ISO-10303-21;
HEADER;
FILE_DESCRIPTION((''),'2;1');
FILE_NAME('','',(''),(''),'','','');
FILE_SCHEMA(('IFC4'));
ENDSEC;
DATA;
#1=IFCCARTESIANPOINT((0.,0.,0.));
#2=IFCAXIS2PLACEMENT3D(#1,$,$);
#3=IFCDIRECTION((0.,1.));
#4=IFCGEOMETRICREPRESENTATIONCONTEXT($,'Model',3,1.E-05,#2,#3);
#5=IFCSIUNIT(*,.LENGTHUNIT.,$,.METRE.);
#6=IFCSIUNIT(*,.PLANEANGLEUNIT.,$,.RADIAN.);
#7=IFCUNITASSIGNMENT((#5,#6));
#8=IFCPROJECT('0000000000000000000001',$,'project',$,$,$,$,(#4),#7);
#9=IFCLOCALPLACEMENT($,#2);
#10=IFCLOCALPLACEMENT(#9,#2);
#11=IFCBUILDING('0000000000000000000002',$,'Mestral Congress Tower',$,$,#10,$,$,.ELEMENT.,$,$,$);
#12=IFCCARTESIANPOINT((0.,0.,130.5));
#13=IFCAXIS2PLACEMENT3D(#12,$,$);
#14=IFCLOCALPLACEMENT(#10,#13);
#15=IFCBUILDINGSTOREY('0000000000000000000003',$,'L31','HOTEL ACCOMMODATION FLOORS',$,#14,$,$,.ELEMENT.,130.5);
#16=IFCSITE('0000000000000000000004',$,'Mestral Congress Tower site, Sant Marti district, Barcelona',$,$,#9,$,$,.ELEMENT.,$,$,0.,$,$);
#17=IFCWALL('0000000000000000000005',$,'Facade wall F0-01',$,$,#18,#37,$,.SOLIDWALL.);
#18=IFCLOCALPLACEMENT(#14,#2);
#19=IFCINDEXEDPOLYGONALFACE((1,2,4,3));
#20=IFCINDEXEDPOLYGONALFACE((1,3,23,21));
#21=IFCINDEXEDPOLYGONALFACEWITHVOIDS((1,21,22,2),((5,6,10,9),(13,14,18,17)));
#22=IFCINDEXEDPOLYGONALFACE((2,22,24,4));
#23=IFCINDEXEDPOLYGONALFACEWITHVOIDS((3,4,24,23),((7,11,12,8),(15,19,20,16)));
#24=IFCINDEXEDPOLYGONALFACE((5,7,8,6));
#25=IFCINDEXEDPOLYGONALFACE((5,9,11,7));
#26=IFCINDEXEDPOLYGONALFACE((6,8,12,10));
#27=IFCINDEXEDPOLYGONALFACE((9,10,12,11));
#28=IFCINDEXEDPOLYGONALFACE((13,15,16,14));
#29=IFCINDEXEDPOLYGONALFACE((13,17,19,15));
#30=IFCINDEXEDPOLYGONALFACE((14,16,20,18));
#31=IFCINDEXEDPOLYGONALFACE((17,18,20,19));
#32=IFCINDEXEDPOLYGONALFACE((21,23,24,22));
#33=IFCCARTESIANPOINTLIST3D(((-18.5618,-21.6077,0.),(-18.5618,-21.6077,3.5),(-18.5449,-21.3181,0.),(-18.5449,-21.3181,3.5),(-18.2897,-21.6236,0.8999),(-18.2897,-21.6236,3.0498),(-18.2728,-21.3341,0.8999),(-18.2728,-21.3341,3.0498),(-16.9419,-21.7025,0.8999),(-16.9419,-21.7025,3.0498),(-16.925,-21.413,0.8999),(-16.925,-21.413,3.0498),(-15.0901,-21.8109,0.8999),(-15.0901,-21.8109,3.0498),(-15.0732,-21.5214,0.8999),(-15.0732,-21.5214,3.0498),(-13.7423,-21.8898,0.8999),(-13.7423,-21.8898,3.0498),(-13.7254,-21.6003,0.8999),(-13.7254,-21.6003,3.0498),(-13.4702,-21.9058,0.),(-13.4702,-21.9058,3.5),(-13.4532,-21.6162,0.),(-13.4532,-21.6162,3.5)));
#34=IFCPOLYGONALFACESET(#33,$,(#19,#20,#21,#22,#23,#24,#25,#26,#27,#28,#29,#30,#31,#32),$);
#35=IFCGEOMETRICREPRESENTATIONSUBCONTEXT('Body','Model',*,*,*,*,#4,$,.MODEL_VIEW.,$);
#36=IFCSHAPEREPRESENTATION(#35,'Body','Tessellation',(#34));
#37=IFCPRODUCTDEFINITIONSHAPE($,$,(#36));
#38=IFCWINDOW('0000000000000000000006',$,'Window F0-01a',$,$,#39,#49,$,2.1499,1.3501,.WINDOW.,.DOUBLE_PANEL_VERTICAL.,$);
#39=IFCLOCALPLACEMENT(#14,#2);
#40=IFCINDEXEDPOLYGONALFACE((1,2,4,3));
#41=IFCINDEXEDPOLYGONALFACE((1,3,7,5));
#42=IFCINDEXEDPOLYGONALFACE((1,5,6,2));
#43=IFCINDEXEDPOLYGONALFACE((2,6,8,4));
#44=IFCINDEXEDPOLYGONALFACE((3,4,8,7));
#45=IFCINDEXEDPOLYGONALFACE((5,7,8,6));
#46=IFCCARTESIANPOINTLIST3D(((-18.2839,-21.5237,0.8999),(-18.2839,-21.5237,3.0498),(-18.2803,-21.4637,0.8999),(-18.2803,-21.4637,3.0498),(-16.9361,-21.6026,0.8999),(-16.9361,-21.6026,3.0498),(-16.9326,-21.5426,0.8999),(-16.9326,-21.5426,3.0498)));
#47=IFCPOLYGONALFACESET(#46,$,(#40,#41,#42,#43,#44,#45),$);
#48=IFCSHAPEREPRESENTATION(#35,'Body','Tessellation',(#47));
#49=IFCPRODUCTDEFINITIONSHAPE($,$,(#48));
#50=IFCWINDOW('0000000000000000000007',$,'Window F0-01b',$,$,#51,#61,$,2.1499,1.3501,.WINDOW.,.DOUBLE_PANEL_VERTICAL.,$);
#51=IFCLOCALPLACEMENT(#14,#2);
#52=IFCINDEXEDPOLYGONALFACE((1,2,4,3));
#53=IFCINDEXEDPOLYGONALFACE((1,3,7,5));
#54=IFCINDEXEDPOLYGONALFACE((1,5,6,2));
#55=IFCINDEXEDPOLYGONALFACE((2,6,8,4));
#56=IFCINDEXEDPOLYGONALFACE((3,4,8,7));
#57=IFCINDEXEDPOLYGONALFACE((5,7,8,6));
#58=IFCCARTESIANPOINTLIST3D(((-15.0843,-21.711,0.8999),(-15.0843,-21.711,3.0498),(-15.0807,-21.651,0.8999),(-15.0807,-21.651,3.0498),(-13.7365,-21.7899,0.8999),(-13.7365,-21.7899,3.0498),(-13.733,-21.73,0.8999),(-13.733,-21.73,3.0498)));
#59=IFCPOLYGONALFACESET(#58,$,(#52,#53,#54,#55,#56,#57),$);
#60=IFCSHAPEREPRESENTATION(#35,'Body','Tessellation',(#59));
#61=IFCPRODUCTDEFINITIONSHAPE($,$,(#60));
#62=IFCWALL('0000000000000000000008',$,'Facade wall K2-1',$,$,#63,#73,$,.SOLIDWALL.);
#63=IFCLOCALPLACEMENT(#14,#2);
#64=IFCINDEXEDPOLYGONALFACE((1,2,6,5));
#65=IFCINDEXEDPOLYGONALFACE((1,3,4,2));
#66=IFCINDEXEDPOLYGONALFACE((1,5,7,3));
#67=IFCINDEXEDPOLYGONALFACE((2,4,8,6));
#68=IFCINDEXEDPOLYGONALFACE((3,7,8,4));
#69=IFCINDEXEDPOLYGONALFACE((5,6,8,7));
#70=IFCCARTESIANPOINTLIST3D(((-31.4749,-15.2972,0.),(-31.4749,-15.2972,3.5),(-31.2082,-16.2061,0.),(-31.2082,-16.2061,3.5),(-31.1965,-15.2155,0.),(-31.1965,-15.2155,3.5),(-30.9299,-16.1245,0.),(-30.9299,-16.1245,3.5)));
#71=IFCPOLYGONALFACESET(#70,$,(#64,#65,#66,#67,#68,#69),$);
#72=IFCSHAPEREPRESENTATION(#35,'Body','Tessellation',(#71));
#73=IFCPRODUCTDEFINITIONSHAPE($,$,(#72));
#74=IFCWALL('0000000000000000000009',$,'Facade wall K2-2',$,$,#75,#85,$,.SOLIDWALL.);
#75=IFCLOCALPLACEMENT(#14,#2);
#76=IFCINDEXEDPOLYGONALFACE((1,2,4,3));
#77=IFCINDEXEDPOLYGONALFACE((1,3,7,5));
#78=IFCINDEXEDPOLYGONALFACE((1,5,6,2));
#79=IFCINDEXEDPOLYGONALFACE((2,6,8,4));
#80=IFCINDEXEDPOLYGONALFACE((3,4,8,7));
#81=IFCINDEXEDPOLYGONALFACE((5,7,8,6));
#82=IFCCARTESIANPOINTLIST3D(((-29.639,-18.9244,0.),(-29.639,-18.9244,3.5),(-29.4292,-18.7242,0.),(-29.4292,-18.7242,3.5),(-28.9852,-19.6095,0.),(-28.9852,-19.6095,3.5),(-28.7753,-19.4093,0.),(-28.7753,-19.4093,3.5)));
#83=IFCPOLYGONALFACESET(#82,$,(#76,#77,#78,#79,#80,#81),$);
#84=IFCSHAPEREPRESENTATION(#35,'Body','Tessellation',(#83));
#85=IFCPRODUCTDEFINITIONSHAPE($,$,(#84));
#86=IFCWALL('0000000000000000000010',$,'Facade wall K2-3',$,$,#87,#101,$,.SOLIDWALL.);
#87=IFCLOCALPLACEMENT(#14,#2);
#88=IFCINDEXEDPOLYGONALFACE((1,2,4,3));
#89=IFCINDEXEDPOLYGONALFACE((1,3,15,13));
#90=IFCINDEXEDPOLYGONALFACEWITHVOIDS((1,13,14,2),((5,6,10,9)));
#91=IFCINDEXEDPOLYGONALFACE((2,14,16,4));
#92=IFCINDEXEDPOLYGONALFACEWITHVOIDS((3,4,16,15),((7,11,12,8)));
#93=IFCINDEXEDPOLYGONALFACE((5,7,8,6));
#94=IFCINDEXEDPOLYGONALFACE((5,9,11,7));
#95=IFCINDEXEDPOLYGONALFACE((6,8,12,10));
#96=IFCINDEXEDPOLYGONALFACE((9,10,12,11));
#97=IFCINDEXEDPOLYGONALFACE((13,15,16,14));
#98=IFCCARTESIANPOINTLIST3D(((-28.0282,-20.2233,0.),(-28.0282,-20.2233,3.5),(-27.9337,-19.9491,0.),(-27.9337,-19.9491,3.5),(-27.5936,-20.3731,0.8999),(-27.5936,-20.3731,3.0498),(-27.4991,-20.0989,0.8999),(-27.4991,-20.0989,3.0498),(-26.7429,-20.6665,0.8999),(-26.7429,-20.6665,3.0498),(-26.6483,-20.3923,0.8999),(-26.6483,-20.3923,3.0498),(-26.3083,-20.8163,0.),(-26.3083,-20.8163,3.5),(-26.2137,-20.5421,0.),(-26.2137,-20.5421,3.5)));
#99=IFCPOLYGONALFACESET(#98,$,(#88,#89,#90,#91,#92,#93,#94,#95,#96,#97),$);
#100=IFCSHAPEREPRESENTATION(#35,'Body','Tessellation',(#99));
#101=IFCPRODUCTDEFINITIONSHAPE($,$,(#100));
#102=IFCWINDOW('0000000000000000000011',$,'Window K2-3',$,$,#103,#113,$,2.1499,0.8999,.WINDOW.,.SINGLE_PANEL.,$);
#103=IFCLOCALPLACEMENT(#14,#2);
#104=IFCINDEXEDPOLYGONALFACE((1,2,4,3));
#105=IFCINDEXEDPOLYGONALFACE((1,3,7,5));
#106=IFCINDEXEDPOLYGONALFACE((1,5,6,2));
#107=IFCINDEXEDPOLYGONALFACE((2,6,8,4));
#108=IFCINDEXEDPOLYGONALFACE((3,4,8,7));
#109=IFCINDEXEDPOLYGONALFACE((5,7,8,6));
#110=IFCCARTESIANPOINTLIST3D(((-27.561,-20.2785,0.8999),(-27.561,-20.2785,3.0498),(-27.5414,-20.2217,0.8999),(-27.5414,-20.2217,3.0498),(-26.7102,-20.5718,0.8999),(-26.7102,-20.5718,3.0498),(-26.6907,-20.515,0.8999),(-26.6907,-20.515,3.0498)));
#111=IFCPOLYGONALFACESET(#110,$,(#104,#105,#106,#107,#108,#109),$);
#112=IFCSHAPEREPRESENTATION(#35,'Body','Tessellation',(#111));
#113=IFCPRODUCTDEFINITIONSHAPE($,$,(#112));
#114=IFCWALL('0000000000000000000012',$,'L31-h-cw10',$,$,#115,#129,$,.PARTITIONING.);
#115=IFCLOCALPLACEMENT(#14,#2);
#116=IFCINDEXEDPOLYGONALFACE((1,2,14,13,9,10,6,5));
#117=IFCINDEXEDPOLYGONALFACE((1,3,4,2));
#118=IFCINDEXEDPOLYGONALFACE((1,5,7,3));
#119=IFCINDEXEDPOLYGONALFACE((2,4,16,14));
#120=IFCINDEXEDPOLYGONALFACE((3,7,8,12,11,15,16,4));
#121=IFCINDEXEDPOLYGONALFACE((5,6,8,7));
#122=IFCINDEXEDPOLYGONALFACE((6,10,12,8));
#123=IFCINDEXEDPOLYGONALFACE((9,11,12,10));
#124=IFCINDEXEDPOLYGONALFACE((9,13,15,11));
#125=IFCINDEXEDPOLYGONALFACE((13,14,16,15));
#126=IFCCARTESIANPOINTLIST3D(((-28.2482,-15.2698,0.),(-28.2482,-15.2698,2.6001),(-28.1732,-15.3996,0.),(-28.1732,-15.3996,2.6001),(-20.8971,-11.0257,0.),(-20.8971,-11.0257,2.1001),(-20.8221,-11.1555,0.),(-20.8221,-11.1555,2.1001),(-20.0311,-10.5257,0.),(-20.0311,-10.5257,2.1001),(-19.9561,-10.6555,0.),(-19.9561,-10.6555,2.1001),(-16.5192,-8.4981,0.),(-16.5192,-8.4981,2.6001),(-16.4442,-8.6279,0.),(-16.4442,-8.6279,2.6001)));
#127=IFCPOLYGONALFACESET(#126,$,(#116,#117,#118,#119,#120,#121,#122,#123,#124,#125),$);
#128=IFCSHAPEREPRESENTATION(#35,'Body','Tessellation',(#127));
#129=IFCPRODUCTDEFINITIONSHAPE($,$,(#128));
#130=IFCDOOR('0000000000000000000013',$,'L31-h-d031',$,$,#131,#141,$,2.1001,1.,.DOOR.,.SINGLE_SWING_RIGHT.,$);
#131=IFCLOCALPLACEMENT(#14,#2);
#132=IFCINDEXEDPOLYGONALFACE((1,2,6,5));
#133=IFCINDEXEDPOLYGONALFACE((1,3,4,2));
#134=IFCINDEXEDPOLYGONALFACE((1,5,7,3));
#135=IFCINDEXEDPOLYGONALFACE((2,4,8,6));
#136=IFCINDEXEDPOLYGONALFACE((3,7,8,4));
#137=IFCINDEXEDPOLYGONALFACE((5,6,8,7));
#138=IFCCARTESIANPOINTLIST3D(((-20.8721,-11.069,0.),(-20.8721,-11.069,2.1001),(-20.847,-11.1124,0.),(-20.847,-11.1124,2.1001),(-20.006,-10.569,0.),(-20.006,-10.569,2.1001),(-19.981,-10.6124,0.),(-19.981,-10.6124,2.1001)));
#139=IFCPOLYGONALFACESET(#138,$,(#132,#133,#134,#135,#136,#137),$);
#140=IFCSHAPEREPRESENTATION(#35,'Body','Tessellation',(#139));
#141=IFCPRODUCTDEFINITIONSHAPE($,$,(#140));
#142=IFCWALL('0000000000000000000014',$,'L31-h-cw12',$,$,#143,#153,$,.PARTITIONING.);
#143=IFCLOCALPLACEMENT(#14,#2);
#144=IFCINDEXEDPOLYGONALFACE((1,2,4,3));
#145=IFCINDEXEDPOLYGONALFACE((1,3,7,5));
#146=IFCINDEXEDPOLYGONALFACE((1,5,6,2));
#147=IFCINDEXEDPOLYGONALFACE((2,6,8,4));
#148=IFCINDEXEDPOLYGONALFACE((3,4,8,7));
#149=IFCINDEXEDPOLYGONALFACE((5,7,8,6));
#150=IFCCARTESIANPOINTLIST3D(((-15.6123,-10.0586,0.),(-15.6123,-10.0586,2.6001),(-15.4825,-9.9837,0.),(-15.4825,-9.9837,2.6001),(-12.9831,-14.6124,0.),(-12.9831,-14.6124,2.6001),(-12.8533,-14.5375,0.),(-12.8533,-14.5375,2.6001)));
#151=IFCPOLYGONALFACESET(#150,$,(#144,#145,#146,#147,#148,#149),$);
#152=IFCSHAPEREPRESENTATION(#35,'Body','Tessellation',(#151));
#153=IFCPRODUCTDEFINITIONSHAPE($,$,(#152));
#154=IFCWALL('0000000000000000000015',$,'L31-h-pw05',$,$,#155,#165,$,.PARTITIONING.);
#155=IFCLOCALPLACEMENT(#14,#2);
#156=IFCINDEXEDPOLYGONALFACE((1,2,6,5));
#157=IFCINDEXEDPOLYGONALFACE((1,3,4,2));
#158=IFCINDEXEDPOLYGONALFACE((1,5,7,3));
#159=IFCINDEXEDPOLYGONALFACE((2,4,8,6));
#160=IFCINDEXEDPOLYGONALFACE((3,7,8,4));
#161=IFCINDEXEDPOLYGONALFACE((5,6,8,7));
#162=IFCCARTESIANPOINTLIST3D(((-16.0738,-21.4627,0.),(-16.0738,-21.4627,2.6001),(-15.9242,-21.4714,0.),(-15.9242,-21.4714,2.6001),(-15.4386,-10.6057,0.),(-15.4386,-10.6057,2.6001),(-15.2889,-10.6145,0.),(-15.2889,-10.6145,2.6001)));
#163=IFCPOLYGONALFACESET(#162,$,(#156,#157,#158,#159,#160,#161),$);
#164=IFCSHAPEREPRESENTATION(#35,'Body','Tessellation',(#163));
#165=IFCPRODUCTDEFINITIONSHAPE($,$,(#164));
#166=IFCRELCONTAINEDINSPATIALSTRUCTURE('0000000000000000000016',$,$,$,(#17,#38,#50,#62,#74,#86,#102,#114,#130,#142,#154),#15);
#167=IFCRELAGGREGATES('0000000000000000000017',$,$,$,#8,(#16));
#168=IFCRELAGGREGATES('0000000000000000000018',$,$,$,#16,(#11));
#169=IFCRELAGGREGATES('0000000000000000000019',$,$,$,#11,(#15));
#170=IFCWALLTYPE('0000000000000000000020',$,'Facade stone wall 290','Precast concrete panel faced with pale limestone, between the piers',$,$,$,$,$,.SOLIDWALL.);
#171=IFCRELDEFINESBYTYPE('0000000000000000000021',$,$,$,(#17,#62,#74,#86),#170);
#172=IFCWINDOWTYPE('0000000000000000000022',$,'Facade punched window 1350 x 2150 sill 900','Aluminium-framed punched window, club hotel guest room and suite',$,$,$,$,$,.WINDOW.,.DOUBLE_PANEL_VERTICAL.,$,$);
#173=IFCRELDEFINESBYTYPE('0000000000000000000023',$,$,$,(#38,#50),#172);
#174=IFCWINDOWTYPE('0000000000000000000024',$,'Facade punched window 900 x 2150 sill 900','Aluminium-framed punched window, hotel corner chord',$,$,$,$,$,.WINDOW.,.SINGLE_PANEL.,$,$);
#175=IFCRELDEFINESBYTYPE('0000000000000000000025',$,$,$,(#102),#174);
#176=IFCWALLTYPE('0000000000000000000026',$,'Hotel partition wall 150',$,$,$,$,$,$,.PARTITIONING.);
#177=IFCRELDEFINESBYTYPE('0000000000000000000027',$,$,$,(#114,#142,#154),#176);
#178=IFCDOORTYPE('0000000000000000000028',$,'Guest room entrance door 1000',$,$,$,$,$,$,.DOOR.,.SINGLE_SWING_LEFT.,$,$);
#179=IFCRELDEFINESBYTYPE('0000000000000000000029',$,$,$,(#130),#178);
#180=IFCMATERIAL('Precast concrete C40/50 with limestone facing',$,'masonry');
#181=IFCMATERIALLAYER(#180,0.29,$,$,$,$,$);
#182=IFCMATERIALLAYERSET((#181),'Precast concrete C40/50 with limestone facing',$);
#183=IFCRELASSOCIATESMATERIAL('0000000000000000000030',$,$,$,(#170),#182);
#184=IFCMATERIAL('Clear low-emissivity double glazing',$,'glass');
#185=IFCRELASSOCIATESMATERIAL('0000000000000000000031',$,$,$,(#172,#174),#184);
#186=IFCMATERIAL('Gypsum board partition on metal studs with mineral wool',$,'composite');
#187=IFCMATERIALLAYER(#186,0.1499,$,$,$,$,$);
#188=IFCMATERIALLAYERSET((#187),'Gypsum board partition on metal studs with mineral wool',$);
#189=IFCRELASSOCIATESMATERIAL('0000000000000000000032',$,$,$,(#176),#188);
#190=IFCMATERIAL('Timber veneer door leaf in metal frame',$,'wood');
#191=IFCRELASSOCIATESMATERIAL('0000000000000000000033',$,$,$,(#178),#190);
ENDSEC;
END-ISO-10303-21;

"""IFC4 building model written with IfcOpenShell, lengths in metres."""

from ifc_helpers import new_model, si_unit, direction, frame, frame_2d, origin, place, context, subcontext, project, spatial, rectangle, extrude, material, layer, layer_set, type_object, element, fill, save


model = new_model("IFC4")

# Units and contexts
model_context = context("Model", 3, precision=1e-05, world=origin(), true_north=direction((0.0, 1.0)))
body_context = subcontext(model_context, "Body", "Model", "MODEL_VIEW")
ifc_project = project(units=[si_unit("LENGTHUNIT", "METRE"), si_unit("PLANEANGLEUNIT", "RADIAN")], contexts=[model_context])

# Site, building, storey
site_placement = place(None, origin())
site = spatial("IfcSite", under=ifc_project, at=site_placement, Name="Mestral Congress Tower site, Sant Marti district, Barcelona", CompositionType="ELEMENT", RefElevation=0.0)
building_placement = place(site_placement, origin())
building = spatial("IfcBuilding", under=site, at=building_placement, Name="Mestral Congress Tower", CompositionType="ELEMENT")
storey_placement = place(building_placement, frame((0.0, 0.0, 130.5)))
storey = spatial("IfcBuildingStorey", under=building, at=storey_placement, Name="L31", Description="HOTEL ACCOMMODATION FLOORS", CompositionType="ELEMENT", Elevation=130.5)

# Wall, openings, windows
ifc_material_1 = material(Name="Precast concrete C40/50 with limestone facing", Category="masonry")
ifc_layer_1 = layer(ifc_material_1, 0.29)
ifc_layer_set_1 = layer_set([ifc_layer_1], Name="Precast concrete C40/50 with limestone facing")
wall_type_1 = type_object("IfcWallType", Name="Facade stone wall 290", Description="Precast concrete panel faced with pale limestone, between the piers", PredefinedType="SOLIDWALL", material=ifc_layer_set_1)
ifc_material_2 = material(Name="Clear low-emissivity double glazing", Category="glass")
window_type_1 = type_object("IfcWindowType", Name="Facade punched window 1350 x 2150 sill 900", Description="Aluminium-framed punched window, club hotel guest room and suite", PartitioningType="DOUBLE_PANEL_VERTICAL", PredefinedType="WINDOW", material=ifc_material_2)
wall_1_placement = place(storey_placement, frame((-18.5535, -21.4629, 0.0), z_axis=(0.0, 0.0, 1.0), x_axis=(0.998291, -0.058447, 0.0)))
wall_1 = element("IfcWall", 1, at=wall_1_placement, inside=storey, type_object=wall_type_1, Name="Facade wall F0-01", PredefinedType="SOLIDWALL", context=body_context, shape_type="SweptSolid", body=[
    extrude(rectangle(XDim=5.1003, YDim=0.29, at=frame_2d((2.5503, 0.0))), origin(), (0.0, 0.0, 1.0), 3.5),
])
opening_1_placement = place(wall_1_placement, frame((0.2727, 0.0, 0.8999)))
opening_1 = element("IfcOpeningElement", 2, at=opening_1_placement, cuts=wall_1, PredefinedType="OPENING", context=body_context, shape_type="SweptSolid", body=[
    extrude(rectangle(XDim=1.3501, YDim=2.1499, at=frame_2d((0.675, 1.075))), frame((0.0, 0.155, 0.0), z_axis=(0.0, -1.0, 0.0), x_axis=(1.0, 0.0, 0.0)), (0.0, 0.0, 1.0), 0.3101),
])
opening_2_placement = place(wall_1_placement, frame((3.4778, 0.0, 0.8999)))
opening_2 = element("IfcOpeningElement", 3, at=opening_2_placement, cuts=wall_1, PredefinedType="OPENING", context=body_context, shape_type="SweptSolid", body=[
    extrude(rectangle(XDim=1.3501, YDim=2.1499, at=frame_2d((0.675, 1.075))), frame((0.0, 0.155, 0.0), z_axis=(0.0, -1.0, 0.0), x_axis=(1.0, 0.0, 0.0)), (0.0, 0.0, 1.0), 0.3101),
])
window_1_placement = place(opening_1_placement, origin())
window_1 = element("IfcWindow", 4, at=window_1_placement, inside=storey, type_object=window_type_1, Name="Window F0-01a", OverallHeight=2.1499, OverallWidth=1.3501, PartitioningType="DOUBLE_PANEL_VERTICAL", PredefinedType="WINDOW", context=body_context, shape_type="SweptSolid", body=[
    extrude(rectangle(XDim=1.3501, YDim=2.1499, at=frame_2d((0.675, 1.075))), frame((0.0, 0.0151, 0.0), z_axis=(0.0, -1.0, 0.0), x_axis=(1.0, 0.0, 0.0)), (0.0, 0.0, 1.0), 0.0601),
])
fill(opening_1, window_1)
window_2_placement = place(opening_2_placement, origin())
window_2 = element("IfcWindow", 5, at=window_2_placement, inside=storey, type_object=window_type_1, Name="Window F0-01b", OverallHeight=2.1499, OverallWidth=1.3501, PartitioningType="DOUBLE_PANEL_VERTICAL", PredefinedType="WINDOW", context=body_context, shape_type="SweptSolid", body=[
    extrude(rectangle(XDim=1.3501, YDim=2.1499, at=frame_2d((0.675, 1.075))), frame((0.0, 0.0151, 0.0), z_axis=(0.0, -1.0, 0.0), x_axis=(1.0, 0.0, 0.0)), (0.0, 0.0, 1.0), 0.0601),
])
fill(opening_2, window_2)

# Walls
wall_2_placement = place(storey_placement, frame((-31.3357, -15.2563, 0.0), z_axis=(0.0, 0.0, 1.0), x_axis=(0.281455, -0.959575, 0.0)))
element("IfcWall", 6, at=wall_2_placement, inside=storey, type_object=wall_type_1, Name="Facade wall K2-1", PredefinedType="SOLIDWALL", context=body_context, shape_type="SweptSolid", body=[
    extrude(rectangle(XDim=0.9473, YDim=0.29, at=frame_2d((0.4736, 0.0))), origin(), (0.0, 0.0, 1.0), 3.5),
])
wall_3_placement = place(storey_placement, frame((-29.5342, -18.8242, 0.0), z_axis=(0.0, 0.0, 1.0), x_axis=(0.690414, -0.723414, 0.0)))
element("IfcWall", 7, at=wall_3_placement, inside=storey, type_object=wall_type_1, Name="Facade wall K2-2", PredefinedType="SOLIDWALL", context=body_context, shape_type="SweptSolid", body=[
    extrude(rectangle(XDim=0.947, YDim=0.29, at=frame_2d((0.4736, 0.0))), origin(), (0.0, 0.0, 1.0), 3.5),
])

# Wall, opening, window
wall_4_placement = place(storey_placement, frame((-27.981, -20.0862, 0.0), z_axis=(0.0, 0.0, 1.0), x_axis=(0.945386, -0.325953, 0.0)))
wall_4 = element("IfcWall", 8, at=wall_4_placement, inside=storey, type_object=wall_type_1, Name="Facade wall K2-3", PredefinedType="SOLIDWALL", context=body_context, shape_type="SweptSolid", body=[
    extrude(rectangle(XDim=1.8193, YDim=0.29, at=frame_2d((0.9097, 0.0))), origin(), (0.0, 0.0, 1.0), 3.5),
])
opening_3_placement = place(wall_4_placement, frame((0.4597, 0.0, 0.8999)))
opening_3 = element("IfcOpeningElement", 9, at=opening_3_placement, cuts=wall_4, PredefinedType="OPENING", context=body_context, shape_type="SweptSolid", body=[
    extrude(rectangle(XDim=0.8999, YDim=2.1499, at=frame_2d((0.45, 1.075))), frame((0.0, 0.155, 0.0), z_axis=(0.0, -1.0, 0.0), x_axis=(1.0, 0.0, 0.0)), (0.0, 0.0, 1.0), 0.3101),
])
window_type_2 = type_object("IfcWindowType", Name="Facade punched window 900 x 2150 sill 900", Description="Aluminium-framed punched window, hotel corner chord", PartitioningType="SINGLE_PANEL", PredefinedType="WINDOW", material=ifc_material_2)
window_3_placement = place(opening_3_placement, origin())
window_3 = element("IfcWindow", 10, at=window_3_placement, inside=storey, type_object=window_type_2, Name="Window K2-3", OverallHeight=2.1499, OverallWidth=0.8999, PartitioningType="SINGLE_PANEL", PredefinedType="WINDOW", context=body_context, shape_type="SweptSolid", body=[
    extrude(rectangle(XDim=0.8999, YDim=2.1499, at=frame_2d((0.45, 1.075))), frame((0.0, 0.0151, 0.0), z_axis=(0.0, -1.0, 0.0), x_axis=(1.0, 0.0, 0.0)), (0.0, 0.0, 1.0), 0.0601),
])
fill(opening_3, window_3)

# Wall, opening, door
ifc_material_3 = material(Name="Gypsum board partition on metal studs with mineral wool", Category="composite")
ifc_layer_2 = layer(ifc_material_3, 0.1499)
ifc_layer_set_2 = layer_set([ifc_layer_2], Name="Gypsum board partition on metal studs with mineral wool")
wall_type_2 = type_object("IfcWallType", Name="Hotel partition wall 150", PredefinedType="PARTITIONING", material=ifc_layer_set_2)
wall_5_placement = place(storey_placement, frame((-28.2107, -15.3347, 0.0), z_axis=(0.0, 0.0, 1.0), x_axis=(0.866026, 0.499999, 0.0)))
wall_5 = element("IfcWall", 11, at=wall_5_placement, inside=storey, type_object=wall_type_2, Name="L31-h-cw10", PredefinedType="PARTITIONING", context=body_context, shape_type="SweptSolid", body=[
    extrude(rectangle(XDim=13.5435, YDim=0.1499, at=frame_2d((6.7717, 0.0))), origin(), (0.0, 0.0, 1.0), 2.6001),
])
opening_4_placement = place(wall_5_placement, frame((8.4883, 0.0, 0.0)))
opening_4 = element("IfcOpeningElement", 12, at=opening_4_placement, cuts=wall_5, PredefinedType="OPENING", context=body_context, shape_type="SweptSolid", body=[
    extrude(rectangle(XDim=1.0, YDim=2.1001, at=frame_2d((0.5, 1.05))), frame((0.0, 0.085, 0.0), z_axis=(0.0, -1.0, 0.0), x_axis=(1.0, 0.0, 0.0)), (0.0, 0.0, 1.0), 0.1699),
])
ifc_material_4 = material(Name="Timber veneer door leaf in metal frame", Category="wood")
door_type = type_object("IfcDoorType", Name="Guest room entrance door 1000", OperationType="SINGLE_SWING_LEFT", PredefinedType="DOOR", material=ifc_material_4)
door_placement = place(opening_4_placement, origin())
door = element("IfcDoor", 13, at=door_placement, inside=storey, type_object=door_type, Name="L31-h-d031", OperationType="SINGLE_SWING_RIGHT", OverallHeight=2.1001, OverallWidth=1.0, PredefinedType="DOOR", context=body_context, shape_type="SweptSolid", body=[
    extrude(rectangle(XDim=1.0, YDim=2.1001, at=frame_2d((0.5, 1.05))), frame((0.0, 0.0249, 0.0), z_axis=(0.0, -1.0, 0.0), x_axis=(1.0, 0.0, 0.0)), (0.0, 0.0, 1.0), 0.05),
])
fill(opening_4, door)

# Walls
wall_6_placement = place(storey_placement, frame((-12.9182, -14.575, 0.0), z_axis=(0.0, 0.0, 1.0), x_axis=(-0.500009, 0.86602, 0.0)))
element("IfcWall", 14, at=wall_6_placement, inside=storey, type_object=wall_type_2, Name="L31-h-cw12", PredefinedType="PARTITIONING", context=body_context, shape_type="SweptSolid", body=[
    extrude(rectangle(XDim=5.2583, YDim=0.1499, at=frame_2d((2.6292, 0.0))), origin(), (0.0, 0.0, 1.0), 2.6001),
])
wall_7_placement = place(storey_placement, frame((-15.999, -21.467, 0.0), z_axis=(0.0, 0.0, 1.0), x_axis=(0.058411, 0.998293, 0.0)))
element("IfcWall", 15, at=wall_7_placement, inside=storey, type_object=wall_type_2, Name="L31-h-pw05", PredefinedType="PARTITIONING", context=body_context, shape_type="SweptSolid", body=[
    extrude(rectangle(XDim=10.8755, YDim=0.1499, at=frame_2d((5.4377, 0.0))), origin(), (0.0, 0.0, 1.0), 2.6001),
])

save(model, "model.ifc")
